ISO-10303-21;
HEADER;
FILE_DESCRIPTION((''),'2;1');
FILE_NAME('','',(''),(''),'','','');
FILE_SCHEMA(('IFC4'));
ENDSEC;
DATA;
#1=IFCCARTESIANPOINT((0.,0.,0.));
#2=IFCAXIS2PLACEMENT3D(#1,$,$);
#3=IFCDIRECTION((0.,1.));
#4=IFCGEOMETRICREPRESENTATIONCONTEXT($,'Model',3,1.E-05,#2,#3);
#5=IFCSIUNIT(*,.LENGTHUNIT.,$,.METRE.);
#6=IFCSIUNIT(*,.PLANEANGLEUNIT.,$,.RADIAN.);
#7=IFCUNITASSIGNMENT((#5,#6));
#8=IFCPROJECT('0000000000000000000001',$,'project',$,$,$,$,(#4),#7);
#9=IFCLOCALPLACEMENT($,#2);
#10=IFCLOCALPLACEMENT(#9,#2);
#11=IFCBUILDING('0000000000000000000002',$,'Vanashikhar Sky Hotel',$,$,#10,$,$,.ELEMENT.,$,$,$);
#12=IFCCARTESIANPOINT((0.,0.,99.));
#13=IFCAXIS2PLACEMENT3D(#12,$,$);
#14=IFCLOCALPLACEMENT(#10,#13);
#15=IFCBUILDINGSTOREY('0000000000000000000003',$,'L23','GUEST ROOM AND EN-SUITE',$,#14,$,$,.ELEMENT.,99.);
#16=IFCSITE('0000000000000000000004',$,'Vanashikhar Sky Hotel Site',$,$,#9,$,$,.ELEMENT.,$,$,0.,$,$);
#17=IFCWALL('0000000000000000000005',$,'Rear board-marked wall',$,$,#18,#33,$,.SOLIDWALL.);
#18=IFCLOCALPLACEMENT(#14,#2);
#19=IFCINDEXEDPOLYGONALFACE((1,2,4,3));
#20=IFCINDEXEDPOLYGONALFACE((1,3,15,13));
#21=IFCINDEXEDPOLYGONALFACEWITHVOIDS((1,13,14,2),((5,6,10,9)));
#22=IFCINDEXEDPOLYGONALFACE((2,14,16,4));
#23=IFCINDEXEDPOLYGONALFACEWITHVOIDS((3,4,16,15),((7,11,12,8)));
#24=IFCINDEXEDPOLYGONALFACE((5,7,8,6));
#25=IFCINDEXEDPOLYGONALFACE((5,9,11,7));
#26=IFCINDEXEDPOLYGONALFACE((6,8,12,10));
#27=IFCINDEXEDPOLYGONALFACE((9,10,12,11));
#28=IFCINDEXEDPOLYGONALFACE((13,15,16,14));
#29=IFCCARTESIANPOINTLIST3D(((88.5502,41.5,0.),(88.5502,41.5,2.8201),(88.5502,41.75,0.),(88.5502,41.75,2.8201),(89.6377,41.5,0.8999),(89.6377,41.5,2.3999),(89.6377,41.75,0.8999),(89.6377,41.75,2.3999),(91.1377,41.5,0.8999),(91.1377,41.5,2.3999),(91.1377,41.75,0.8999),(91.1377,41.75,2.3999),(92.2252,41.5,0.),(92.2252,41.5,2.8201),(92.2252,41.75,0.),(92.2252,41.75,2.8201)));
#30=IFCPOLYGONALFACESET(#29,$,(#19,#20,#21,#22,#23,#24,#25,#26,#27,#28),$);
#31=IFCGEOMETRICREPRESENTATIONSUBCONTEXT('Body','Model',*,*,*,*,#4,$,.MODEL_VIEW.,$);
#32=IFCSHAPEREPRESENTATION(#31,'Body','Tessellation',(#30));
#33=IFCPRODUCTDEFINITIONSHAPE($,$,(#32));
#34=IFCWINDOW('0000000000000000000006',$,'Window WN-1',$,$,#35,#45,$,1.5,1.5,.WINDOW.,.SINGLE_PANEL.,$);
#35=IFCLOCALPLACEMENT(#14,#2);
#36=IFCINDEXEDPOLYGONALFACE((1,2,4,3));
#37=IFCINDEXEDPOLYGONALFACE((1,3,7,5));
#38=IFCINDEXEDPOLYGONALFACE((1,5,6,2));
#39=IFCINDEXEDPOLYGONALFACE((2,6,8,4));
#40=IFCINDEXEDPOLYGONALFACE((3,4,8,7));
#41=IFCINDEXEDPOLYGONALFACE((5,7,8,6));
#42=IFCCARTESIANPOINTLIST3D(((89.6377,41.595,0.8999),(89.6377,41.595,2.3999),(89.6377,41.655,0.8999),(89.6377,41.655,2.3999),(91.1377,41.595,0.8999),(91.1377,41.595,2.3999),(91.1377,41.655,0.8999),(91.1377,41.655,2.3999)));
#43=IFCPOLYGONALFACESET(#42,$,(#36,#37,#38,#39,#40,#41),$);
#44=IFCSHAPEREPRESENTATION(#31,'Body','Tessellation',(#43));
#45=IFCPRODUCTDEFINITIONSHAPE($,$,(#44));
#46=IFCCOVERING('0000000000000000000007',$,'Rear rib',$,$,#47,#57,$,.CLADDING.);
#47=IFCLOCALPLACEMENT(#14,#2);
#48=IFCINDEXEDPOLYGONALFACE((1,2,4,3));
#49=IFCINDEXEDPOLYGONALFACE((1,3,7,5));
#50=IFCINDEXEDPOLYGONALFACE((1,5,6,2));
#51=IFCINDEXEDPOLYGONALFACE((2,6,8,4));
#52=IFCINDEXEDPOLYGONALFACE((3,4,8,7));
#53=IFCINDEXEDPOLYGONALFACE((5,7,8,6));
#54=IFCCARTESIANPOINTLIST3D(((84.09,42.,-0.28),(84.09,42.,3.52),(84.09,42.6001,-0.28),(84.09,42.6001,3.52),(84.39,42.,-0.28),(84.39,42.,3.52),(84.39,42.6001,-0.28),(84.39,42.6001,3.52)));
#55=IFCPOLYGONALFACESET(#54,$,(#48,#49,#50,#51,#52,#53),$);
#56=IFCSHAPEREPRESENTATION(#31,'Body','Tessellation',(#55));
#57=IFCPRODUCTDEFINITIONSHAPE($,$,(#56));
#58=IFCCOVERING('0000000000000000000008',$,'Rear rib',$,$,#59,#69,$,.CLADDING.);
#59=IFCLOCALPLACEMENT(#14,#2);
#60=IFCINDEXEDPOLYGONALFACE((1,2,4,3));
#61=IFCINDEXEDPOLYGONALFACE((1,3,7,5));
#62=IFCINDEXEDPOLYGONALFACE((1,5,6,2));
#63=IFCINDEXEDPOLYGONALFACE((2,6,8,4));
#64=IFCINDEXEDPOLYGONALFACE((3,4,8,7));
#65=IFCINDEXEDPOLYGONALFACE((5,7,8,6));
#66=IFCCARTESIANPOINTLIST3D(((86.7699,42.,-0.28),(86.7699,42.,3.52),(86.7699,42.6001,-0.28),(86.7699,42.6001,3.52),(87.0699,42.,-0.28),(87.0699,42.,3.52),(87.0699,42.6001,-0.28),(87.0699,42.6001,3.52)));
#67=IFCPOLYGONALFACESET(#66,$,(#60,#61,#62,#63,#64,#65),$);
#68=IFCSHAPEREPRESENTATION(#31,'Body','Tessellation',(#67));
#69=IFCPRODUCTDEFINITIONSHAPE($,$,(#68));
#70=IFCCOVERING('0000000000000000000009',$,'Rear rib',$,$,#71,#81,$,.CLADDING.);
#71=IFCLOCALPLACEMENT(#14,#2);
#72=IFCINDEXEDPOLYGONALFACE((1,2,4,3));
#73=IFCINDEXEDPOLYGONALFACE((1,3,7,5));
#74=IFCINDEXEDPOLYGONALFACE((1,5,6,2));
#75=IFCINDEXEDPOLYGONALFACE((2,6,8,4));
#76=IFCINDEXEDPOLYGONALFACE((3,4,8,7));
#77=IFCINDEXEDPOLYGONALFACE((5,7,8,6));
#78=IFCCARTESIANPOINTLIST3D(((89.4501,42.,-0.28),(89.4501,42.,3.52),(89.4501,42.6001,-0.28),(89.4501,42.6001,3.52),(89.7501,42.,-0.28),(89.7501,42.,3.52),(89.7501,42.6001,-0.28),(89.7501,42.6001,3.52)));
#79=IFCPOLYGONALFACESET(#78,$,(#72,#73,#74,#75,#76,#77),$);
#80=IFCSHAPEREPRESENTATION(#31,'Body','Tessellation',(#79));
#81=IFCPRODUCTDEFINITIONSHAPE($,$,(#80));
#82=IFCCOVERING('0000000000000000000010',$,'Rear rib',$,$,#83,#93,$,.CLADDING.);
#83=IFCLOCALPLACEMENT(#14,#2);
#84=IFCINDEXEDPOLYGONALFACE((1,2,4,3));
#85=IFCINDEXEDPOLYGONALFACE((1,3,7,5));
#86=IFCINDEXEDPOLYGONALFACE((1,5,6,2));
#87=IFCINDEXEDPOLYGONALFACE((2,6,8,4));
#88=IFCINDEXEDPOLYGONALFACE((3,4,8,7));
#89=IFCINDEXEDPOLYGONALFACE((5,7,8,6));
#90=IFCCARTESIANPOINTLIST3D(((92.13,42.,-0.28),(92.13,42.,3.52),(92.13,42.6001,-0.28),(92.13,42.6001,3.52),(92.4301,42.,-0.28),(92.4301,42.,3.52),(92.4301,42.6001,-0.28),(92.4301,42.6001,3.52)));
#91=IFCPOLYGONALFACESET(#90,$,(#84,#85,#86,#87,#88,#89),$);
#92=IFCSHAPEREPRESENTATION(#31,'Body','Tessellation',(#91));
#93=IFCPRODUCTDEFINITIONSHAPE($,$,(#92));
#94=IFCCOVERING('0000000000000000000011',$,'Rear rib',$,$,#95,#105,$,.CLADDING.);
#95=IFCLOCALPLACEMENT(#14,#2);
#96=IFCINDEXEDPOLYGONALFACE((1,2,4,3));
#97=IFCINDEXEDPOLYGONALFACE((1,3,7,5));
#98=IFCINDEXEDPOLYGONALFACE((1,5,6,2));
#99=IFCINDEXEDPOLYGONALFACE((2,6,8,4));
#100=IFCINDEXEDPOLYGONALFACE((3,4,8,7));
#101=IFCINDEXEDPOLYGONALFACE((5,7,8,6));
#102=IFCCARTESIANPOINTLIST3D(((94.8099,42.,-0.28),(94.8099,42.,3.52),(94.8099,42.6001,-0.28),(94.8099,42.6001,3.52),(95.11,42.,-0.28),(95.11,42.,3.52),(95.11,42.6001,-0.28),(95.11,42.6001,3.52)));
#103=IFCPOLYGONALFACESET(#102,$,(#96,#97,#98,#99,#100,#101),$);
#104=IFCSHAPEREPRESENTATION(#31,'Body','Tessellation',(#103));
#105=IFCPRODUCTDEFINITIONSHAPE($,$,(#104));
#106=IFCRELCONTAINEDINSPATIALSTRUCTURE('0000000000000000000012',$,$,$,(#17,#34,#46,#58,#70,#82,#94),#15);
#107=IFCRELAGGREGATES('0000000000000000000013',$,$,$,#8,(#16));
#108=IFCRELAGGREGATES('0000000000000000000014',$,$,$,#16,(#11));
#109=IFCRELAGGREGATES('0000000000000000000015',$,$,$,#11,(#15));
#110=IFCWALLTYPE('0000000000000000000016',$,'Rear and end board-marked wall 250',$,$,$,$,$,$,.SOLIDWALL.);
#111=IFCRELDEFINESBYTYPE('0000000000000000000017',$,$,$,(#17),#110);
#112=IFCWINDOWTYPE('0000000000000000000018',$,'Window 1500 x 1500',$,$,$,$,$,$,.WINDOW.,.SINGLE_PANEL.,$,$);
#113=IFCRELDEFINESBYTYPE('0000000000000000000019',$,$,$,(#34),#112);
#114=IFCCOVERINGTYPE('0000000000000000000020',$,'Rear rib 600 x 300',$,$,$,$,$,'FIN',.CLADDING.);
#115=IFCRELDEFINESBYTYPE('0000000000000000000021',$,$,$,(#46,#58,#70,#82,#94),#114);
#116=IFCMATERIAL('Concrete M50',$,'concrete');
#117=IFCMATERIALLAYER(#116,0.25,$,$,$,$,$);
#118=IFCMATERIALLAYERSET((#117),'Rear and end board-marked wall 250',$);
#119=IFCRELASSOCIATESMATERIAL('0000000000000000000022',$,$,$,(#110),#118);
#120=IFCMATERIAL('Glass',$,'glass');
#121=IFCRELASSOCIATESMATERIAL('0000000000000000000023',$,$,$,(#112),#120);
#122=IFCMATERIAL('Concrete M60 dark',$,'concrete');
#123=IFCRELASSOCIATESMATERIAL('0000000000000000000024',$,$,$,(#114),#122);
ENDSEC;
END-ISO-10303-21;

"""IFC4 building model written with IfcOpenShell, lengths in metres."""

from ifc_helpers import new_model, si_unit, direction, frame, frame_2d, origin, origin_2d, place, context, subcontext, project, spatial, rectangle, extrude, source, transform, mapped, material, layer, layer_set, material_profile, profile_set, type_object, element, fill, save


model = new_model("IFC4")

# Units and contexts
model_context = context("Model", 3, precision=1e-05, world=origin(), true_north=direction((0.0, 1.0)))
body_context = subcontext(model_context, "Body", "Model", "MODEL_VIEW")
ifc_project = project(units=[si_unit("LENGTHUNIT", "METRE"), si_unit("PLANEANGLEUNIT", "RADIAN")], contexts=[model_context])

# Site, building, storey
site_placement = place(None, origin())
site = spatial("IfcSite", under=ifc_project, at=site_placement, Name="Vanashikhar Sky Hotel Site", CompositionType="ELEMENT", RefElevation=0.0)
building_placement = place(site_placement, origin())
building = spatial("IfcBuilding", under=site, at=building_placement, Name="Vanashikhar Sky Hotel", CompositionType="ELEMENT")
storey_placement = place(building_placement, frame((0.0, 0.0, 99.0)))
storey = spatial("IfcBuildingStorey", under=building, at=storey_placement, Name="L23", Description="GUEST ROOM AND EN-SUITE", CompositionType="ELEMENT", Elevation=99.0)

# Shared definitions
ifc_material_1 = material(Name="Concrete M50", Category="concrete")

# Wall, opening, window
ifc_material_2 = material(Name="Glass", Category="glass")
ifc_layer_1 = layer(ifc_material_1, 0.25)
ifc_layer_set_1 = layer_set([ifc_layer_1], Name="Rear and end board-marked wall 250")
wall_type_1 = type_object("IfcWallType", Name="Rear and end board-marked wall 250", PredefinedType="SOLIDWALL", material=ifc_layer_set_1)
shared_shape_1 = source(origin(), body_context, "Body", "SweptSolid", [
    extrude(rectangle(XDim=1.5, YDim=1.5, at=frame_2d((0.75, 0.75))), frame((0.0, 0.135, 0.0), z_axis=(0.0, -1.0, 0.0), x_axis=(1.0, 0.0, 0.0)), (0.0, 0.0, 1.0), 0.27),
])
window_type_1 = type_object("IfcWindowType", Name="Window 1500 x 1500", PartitioningType="SINGLE_PANEL", PredefinedType="WINDOW", material=ifc_material_2)
shared_shape_2 = source(origin(), body_context, "Body", "SweptSolid", [
    extrude(rectangle(XDim=1.5, YDim=1.5, at=frame_2d((0.75, 0.75))), frame((0.0, 0.03, 0.0), z_axis=(0.0, -1.0, 0.0), x_axis=(1.0, 0.0, 0.0)), (0.0, 0.0, 1.0), 0.0601),
])
shared_shape_3 = source(origin(), body_context, "Body", "SweptSolid", [
    extrude(rectangle(XDim=3.675, YDim=0.25, at=frame_2d((1.8374, 0.0))), origin(), (0.0, 0.0, 1.0), 2.8201),
])
wall_1_placement = place(storey_placement, frame((92.2251, 41.625, 0.0), z_axis=(0.0, 0.0, 1.0), x_axis=(-1.0, 0.0, 0.0)))
wall_1 = element("IfcWall", 1, at=wall_1_placement, inside=storey, type_object=wall_type_1, Name="Rear board-marked wall", PredefinedType="SOLIDWALL", context=body_context, shape_type="MappedRepresentation", body=[
    mapped(shared_shape_3, transform((0.0, 0.0, 0.0), scale=1.0)),
])
opening_1_placement = place(wall_1_placement, frame((1.0874, 0.0, 0.8999)))
opening_1 = element("IfcOpeningElement", 2, at=opening_1_placement, cuts=wall_1, PredefinedType="OPENING", context=body_context, shape_type="MappedRepresentation", body=[
    mapped(shared_shape_1, transform((0.0, 0.0, 0.0), scale=1.0)),
])
window_1_placement = place(opening_1_placement, origin())
window_1 = element("IfcWindow", 3, at=window_1_placement, inside=storey, type_object=window_type_1, Name="Window WN-1", OverallHeight=1.5, OverallWidth=1.5, PartitioningType="SINGLE_PANEL", PredefinedType="WINDOW", context=body_context, shape_type="MappedRepresentation", body=[
    mapped(shared_shape_2, transform((0.0, 0.0, 0.0), scale=1.0)),
])
fill(opening_1, window_1)

# Coverings
ifc_material_3 = material(Name="Concrete M60 dark", Category="concrete")
ifc_material_profile_1 = material_profile(ifc_material_3, rectangle(XDim=0.6001, YDim=0.3, at=origin_2d()))
ifc_profile_set_1 = profile_set([ifc_material_profile_1], Name="Rear rib 600 x 300")
covering_type = type_object("IfcCoveringType", Name="Rear rib 600 x 300", ElementType="FIN", PredefinedType="CLADDING", material=ifc_profile_set_1)
shared_shape_4 = source(origin(), body_context, "Body", "SweptSolid", [
    extrude(rectangle(XDim=0.6001, YDim=0.3, at=origin_2d()), origin(), (0.0, 0.0, 1.0), 3.8),
])
for number, where, z_axis, x_axis, name in (
    (4, (84.24, 42.3, -0.28), (0.0, 0.0, 1.0), (0.0, 1.0, 0.0), "Rear rib"),
    (5, (86.9199, 42.3, -0.28), (0.0, 0.0, 1.0), (0.0, 1.0, 0.0), "Rear rib"),
    (6, (89.6001, 42.3, -0.28), (0.0, 0.0, 1.0), (0.0, 1.0, 0.0), "Rear rib"),
    (7, (92.28, 42.3, -0.28), (0.0, 0.0, 1.0), (0.0, 1.0, 0.0), "Rear rib"),
    (8, (94.96, 42.3, -0.28), (0.0, 0.0, 1.0), (0.0, 1.0, 0.0), "Rear rib"),
):
    element("IfcCovering", number, at=place(storey_placement, frame(where, z_axis=z_axis, x_axis=x_axis)), inside=storey, type_object=covering_type, Name=name, PredefinedType="CLADDING", context=body_context, shape_type="MappedRepresentation", body=[
        mapped(shared_shape_4, transform((0.0, 0.0, 0.0), scale=1.0)),
    ])

save(model, "model.ifc")
